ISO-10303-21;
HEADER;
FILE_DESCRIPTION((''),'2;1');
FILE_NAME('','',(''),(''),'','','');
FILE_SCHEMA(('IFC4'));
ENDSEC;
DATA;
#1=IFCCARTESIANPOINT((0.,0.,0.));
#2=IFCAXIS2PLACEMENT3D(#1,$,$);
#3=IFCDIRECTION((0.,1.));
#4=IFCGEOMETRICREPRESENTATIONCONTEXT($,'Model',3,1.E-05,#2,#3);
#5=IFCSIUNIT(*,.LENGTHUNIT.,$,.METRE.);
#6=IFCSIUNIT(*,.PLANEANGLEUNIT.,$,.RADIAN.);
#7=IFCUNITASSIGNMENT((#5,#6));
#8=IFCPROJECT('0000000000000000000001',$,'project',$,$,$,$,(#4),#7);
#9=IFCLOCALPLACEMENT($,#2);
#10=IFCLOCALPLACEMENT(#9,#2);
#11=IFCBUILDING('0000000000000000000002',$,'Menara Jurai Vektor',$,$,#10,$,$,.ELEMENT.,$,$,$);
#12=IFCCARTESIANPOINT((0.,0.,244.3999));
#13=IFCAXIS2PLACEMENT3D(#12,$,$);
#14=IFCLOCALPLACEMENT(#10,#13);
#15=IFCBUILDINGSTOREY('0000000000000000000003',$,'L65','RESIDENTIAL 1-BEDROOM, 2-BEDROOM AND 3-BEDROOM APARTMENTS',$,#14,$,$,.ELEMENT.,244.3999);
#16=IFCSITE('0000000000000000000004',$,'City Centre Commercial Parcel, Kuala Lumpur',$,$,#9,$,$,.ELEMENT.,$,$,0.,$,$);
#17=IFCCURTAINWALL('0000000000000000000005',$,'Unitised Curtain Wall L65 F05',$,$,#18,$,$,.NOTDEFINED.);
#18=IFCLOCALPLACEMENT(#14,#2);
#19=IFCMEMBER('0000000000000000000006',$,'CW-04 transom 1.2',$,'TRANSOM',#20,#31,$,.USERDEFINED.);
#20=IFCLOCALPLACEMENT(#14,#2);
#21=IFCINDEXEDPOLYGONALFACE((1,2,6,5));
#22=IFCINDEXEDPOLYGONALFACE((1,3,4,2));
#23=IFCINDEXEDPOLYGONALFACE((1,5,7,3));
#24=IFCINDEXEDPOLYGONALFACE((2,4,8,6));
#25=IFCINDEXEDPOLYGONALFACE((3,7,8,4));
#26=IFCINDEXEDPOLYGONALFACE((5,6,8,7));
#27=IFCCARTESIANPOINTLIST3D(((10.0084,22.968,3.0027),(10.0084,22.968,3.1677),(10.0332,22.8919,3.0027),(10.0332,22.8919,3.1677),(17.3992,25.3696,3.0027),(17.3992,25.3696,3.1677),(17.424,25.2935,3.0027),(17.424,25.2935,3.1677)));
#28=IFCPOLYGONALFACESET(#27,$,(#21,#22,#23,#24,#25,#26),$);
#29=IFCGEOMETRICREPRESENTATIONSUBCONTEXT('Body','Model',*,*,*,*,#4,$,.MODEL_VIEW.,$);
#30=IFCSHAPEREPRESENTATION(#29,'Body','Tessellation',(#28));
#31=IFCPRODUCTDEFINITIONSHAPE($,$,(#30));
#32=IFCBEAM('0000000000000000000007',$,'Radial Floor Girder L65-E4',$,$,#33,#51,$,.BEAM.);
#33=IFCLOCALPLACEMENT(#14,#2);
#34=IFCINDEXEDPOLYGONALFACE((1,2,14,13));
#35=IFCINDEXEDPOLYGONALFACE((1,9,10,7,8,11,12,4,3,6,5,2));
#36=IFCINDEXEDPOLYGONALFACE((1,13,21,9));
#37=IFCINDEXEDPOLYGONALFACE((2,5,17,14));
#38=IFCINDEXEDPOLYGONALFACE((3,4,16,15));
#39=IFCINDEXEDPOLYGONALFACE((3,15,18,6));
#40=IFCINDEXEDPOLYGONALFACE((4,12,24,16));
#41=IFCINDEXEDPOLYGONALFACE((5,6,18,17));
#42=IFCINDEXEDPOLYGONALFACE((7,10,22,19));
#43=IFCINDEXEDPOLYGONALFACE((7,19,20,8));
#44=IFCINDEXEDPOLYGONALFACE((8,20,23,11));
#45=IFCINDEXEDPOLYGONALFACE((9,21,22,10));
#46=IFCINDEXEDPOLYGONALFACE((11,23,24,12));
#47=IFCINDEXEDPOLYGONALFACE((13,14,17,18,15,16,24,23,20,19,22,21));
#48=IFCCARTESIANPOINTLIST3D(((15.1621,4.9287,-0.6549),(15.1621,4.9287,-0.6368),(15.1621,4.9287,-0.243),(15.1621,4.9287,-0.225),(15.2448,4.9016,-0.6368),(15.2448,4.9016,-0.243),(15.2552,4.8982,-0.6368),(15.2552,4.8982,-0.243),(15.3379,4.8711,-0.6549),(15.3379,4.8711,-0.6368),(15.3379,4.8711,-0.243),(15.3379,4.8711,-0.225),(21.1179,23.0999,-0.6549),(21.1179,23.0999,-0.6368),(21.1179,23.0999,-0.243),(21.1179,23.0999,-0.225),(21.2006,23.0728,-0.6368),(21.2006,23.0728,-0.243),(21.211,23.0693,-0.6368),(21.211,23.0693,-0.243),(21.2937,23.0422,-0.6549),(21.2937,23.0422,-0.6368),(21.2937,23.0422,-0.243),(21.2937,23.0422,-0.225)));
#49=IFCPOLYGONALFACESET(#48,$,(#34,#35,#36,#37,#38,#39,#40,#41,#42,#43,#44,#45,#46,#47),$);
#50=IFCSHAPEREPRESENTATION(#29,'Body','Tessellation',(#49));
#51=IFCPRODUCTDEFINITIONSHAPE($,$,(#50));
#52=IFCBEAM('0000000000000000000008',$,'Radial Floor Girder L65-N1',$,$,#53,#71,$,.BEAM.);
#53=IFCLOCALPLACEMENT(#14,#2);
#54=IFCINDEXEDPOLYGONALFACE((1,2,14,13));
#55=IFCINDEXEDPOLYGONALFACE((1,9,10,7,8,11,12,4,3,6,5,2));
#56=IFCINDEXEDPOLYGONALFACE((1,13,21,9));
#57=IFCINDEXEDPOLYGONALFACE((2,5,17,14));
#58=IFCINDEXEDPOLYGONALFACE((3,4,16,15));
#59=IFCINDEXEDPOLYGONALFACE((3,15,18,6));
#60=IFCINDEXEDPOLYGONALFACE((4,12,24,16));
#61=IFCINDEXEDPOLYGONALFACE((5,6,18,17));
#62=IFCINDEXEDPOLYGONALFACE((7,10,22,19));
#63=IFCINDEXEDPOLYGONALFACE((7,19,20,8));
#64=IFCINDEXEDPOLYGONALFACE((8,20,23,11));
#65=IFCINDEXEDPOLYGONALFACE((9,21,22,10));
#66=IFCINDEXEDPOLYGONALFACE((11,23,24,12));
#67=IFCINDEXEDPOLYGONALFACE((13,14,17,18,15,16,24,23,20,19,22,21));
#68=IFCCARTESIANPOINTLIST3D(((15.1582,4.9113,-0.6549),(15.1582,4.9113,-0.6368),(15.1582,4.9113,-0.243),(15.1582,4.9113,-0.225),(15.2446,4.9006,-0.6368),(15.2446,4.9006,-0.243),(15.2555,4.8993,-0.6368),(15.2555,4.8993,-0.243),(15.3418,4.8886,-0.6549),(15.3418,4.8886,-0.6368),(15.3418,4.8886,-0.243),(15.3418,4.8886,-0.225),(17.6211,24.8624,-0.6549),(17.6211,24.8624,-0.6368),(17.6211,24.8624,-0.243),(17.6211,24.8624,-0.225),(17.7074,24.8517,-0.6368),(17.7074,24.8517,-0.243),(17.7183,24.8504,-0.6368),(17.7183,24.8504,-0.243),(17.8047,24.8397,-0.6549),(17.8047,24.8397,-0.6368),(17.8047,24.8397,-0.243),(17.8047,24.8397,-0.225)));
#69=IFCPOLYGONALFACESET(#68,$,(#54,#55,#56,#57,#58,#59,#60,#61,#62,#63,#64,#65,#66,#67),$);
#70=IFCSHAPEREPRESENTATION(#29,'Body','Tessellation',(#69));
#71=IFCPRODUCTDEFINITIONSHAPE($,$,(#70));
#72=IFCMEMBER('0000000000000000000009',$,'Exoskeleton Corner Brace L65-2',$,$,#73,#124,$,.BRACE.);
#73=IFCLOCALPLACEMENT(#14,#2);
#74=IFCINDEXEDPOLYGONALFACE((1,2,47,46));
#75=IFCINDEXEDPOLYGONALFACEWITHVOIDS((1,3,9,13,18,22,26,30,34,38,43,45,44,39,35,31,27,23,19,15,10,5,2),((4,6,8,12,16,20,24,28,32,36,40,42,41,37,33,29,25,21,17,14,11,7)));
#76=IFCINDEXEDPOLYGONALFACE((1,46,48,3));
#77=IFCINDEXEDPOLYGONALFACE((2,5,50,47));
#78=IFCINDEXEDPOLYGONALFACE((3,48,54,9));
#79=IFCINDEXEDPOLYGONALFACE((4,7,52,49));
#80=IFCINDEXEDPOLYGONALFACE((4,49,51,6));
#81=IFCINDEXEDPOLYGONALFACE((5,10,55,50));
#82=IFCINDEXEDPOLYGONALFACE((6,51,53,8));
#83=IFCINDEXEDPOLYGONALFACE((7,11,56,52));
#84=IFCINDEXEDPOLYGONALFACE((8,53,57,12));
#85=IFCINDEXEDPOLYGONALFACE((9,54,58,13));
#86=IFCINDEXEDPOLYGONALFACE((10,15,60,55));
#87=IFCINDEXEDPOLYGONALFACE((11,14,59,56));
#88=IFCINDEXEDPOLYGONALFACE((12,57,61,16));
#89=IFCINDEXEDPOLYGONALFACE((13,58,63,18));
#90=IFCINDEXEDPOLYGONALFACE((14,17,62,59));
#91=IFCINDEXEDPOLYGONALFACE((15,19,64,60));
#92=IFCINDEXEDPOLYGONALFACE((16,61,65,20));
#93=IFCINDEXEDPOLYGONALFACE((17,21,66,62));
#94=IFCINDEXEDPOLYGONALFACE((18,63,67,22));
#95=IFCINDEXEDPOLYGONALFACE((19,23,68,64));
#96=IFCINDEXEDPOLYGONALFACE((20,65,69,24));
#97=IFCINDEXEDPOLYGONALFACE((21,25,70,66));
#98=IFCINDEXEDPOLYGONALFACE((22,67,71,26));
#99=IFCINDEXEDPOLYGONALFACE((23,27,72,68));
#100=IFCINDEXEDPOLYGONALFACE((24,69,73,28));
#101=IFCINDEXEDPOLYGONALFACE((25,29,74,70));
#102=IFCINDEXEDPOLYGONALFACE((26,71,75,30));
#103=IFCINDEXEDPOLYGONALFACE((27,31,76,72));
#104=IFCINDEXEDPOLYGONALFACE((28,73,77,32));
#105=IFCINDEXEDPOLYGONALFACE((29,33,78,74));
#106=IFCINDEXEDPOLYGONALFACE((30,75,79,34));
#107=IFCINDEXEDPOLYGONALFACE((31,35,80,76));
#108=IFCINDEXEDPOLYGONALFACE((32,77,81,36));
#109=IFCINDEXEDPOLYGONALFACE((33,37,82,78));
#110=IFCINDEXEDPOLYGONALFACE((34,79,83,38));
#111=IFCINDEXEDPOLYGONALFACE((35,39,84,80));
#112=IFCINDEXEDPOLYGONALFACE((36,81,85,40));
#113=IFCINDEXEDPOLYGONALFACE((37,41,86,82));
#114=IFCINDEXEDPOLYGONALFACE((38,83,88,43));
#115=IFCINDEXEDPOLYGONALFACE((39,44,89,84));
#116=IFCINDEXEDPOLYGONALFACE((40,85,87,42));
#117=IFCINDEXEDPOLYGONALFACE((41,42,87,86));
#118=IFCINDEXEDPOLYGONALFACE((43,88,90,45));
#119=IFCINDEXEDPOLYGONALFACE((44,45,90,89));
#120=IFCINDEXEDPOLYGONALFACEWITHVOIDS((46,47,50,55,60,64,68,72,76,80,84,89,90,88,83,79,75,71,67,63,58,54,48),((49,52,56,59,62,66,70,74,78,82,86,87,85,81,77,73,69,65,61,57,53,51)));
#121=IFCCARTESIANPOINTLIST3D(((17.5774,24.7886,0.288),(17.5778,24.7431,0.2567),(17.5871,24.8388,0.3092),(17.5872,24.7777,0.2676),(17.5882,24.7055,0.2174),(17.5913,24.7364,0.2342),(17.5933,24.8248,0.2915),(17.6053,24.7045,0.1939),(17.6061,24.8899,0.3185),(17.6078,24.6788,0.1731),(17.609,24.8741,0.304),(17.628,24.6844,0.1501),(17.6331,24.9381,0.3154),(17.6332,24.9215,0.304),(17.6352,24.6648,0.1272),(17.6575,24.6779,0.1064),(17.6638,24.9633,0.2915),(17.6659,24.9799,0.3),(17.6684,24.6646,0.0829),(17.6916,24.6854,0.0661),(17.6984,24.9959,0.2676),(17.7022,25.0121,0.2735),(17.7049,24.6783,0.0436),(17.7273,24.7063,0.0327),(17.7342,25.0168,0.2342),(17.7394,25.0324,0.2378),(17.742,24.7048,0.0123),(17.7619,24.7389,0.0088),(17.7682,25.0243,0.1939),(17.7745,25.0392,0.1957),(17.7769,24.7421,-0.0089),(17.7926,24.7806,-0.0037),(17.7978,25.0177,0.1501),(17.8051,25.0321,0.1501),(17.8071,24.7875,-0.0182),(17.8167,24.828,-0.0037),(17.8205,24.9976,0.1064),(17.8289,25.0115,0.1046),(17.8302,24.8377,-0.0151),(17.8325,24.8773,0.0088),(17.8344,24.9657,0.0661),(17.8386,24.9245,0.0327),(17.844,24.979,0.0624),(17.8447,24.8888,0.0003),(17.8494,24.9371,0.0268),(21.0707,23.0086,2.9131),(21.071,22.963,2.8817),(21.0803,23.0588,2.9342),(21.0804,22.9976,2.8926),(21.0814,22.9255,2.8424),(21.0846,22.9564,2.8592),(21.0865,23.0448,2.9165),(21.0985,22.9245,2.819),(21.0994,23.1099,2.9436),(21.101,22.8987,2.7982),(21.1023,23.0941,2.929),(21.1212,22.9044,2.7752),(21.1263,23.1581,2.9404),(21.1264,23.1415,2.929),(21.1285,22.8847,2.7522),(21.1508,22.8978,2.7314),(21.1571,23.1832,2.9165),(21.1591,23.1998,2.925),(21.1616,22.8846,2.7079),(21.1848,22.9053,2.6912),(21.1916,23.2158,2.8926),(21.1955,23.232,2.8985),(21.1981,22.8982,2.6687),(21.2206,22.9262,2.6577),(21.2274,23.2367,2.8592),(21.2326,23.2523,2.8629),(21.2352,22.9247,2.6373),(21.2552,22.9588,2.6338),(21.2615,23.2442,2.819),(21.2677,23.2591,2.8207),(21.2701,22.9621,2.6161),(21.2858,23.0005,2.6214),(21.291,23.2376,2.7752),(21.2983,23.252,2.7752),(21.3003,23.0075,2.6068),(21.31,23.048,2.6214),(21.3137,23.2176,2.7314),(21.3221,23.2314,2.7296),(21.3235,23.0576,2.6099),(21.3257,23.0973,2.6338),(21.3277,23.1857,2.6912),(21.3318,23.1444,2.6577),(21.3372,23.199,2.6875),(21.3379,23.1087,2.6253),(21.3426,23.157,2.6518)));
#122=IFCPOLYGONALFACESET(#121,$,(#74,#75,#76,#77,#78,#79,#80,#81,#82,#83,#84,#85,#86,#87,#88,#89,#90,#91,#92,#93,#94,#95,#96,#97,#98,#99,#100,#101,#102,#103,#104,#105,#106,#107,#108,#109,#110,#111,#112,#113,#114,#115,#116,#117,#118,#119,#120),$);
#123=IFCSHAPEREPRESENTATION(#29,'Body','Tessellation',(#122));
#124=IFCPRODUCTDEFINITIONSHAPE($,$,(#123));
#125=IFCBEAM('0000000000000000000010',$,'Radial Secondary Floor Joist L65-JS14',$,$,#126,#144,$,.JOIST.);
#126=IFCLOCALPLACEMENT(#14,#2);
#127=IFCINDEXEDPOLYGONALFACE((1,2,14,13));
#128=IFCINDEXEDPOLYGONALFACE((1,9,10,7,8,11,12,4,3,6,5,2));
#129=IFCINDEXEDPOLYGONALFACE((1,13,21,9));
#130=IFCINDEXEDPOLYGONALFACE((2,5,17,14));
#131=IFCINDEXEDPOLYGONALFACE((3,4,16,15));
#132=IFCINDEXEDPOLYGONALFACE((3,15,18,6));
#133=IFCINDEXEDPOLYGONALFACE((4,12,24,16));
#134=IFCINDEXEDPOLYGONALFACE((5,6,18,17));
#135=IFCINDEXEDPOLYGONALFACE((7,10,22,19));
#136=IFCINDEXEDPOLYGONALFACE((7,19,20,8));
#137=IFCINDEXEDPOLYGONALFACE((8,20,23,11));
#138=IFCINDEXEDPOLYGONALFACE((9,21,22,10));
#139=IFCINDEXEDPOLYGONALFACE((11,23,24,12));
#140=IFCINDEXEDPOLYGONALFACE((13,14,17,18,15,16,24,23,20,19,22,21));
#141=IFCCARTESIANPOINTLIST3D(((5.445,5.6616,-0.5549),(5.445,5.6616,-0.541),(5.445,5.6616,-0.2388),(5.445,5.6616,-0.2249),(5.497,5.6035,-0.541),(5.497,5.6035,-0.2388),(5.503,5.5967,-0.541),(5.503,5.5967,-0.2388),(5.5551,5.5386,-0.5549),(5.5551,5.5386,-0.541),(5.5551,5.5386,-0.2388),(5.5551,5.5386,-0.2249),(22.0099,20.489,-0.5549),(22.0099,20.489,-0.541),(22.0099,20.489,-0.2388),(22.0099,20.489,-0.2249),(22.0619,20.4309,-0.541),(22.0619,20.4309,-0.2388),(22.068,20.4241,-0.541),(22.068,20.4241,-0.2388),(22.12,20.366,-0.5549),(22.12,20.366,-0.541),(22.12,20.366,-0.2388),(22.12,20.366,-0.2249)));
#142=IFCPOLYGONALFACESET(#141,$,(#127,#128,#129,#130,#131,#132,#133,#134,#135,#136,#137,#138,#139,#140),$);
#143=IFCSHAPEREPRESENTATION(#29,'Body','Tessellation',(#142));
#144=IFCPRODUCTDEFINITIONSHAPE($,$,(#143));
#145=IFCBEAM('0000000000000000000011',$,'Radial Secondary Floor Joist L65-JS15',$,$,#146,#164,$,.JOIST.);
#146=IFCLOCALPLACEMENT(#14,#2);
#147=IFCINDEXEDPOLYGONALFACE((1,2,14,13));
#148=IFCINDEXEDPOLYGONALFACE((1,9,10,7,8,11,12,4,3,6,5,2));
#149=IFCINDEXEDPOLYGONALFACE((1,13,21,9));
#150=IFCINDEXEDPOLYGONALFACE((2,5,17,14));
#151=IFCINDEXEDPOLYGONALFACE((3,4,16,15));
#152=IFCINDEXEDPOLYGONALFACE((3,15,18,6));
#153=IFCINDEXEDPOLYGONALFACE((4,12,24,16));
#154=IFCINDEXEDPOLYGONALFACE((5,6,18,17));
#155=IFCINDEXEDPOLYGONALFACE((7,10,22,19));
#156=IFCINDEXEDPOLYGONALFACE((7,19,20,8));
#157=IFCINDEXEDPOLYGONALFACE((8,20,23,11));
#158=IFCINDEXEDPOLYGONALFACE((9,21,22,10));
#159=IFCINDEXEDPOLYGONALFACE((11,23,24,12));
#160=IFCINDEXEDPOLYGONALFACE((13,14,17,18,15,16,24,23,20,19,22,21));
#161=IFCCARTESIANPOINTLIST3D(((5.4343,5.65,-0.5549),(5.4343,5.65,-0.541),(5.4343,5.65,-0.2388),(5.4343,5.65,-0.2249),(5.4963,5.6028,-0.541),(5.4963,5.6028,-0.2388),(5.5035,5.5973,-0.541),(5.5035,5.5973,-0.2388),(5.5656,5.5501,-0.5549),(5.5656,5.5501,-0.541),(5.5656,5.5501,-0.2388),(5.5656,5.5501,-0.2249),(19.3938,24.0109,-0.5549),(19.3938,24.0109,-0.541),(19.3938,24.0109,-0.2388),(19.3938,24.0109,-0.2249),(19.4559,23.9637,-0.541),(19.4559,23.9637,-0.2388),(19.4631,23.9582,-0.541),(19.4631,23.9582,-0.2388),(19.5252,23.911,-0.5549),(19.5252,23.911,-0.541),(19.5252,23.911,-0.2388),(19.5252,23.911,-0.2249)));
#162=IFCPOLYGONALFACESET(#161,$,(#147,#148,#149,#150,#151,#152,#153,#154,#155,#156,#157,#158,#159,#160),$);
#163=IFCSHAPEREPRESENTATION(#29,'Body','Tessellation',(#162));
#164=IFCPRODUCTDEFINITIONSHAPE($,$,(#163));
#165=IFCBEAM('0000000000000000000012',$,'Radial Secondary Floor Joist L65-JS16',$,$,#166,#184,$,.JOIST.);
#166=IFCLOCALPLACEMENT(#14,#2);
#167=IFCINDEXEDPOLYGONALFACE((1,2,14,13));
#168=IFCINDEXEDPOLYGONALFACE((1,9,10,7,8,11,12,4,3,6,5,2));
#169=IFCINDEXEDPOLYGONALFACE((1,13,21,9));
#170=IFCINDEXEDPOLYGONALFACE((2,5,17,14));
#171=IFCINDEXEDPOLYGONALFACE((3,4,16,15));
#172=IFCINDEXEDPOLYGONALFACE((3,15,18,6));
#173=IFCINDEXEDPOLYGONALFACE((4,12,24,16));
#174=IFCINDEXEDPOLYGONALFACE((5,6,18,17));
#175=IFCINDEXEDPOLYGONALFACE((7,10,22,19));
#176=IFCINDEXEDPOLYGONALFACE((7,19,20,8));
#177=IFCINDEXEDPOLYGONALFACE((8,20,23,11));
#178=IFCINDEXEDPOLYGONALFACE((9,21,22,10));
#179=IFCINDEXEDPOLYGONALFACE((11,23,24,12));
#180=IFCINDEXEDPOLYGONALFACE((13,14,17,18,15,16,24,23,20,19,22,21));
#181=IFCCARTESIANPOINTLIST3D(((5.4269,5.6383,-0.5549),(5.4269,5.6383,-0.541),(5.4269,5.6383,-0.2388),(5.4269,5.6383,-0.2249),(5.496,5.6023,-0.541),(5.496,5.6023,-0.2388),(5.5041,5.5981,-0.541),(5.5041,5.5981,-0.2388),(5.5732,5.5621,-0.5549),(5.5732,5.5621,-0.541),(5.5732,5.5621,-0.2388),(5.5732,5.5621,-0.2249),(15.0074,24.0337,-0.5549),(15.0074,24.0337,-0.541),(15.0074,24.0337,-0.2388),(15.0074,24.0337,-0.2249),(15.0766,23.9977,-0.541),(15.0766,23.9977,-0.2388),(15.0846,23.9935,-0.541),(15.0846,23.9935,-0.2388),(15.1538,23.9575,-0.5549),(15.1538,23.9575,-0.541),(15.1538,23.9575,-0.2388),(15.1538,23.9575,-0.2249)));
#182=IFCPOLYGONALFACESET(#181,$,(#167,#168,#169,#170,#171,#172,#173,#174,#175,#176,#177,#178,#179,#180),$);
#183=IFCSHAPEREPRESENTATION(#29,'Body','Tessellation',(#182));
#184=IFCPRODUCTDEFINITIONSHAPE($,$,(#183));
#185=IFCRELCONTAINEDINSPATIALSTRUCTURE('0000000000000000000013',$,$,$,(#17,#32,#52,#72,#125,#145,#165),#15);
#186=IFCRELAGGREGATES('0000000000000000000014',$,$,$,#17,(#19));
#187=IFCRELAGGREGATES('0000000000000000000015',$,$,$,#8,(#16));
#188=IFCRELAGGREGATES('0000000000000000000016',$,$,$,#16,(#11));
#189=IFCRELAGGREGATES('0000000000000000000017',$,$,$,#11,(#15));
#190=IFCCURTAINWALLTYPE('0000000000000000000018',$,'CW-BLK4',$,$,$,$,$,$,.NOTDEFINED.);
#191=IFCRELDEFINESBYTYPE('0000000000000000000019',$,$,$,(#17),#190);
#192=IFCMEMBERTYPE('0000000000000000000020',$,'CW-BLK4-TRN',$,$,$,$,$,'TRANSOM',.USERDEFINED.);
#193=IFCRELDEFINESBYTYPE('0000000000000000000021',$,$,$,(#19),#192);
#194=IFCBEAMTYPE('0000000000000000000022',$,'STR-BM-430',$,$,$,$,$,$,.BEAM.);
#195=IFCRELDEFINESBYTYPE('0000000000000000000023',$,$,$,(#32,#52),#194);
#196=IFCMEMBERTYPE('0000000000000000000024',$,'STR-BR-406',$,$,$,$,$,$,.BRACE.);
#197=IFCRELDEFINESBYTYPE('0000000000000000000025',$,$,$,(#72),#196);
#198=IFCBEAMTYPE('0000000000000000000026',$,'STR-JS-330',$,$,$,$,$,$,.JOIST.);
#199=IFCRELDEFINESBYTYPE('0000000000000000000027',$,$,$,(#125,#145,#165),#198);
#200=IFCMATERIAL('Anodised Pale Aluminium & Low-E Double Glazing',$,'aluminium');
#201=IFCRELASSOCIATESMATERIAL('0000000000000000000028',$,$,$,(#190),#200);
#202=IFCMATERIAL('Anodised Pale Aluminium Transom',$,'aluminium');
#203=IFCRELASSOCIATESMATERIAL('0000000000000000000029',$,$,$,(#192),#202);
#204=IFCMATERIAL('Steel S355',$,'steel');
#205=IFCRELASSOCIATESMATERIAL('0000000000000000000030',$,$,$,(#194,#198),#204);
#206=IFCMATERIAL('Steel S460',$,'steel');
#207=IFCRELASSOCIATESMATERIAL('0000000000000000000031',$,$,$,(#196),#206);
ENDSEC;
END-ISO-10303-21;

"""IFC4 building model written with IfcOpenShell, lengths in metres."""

from ifc_helpers import new_model, si_unit, direction, frame, origin, origin_2d, place, context, subcontext, project, spatial, rectangle, hollow_circle, i_section, extrude, material, material_profile, profile_set, type_object, element, aggregate, save


model = new_model("IFC4")

# Units and contexts
model_context = context("Model", 3, precision=1e-05, world=origin(), true_north=direction((0.0, 1.0)))
body_context = subcontext(model_context, "Body", "Model", "MODEL_VIEW")
ifc_project = project(units=[si_unit("LENGTHUNIT", "METRE"), si_unit("PLANEANGLEUNIT", "RADIAN")], contexts=[model_context])

# Site, building, storey
site_placement = place(None, origin())
site = spatial("IfcSite", under=ifc_project, at=site_placement, Name="City Centre Commercial Parcel, Kuala Lumpur", CompositionType="ELEMENT", RefElevation=0.0)
building_placement = place(site_placement, origin())
building = spatial("IfcBuilding", under=site, at=building_placement, Name="Menara Jurai Vektor", CompositionType="ELEMENT")
storey_placement = place(building_placement, frame((0.0, 0.0, 244.3999)))
storey = spatial("IfcBuildingStorey", under=building, at=storey_placement, Name="L65", Description="RESIDENTIAL 1-BEDROOM, 2-BEDROOM AND 3-BEDROOM APARTMENTS", CompositionType="ELEMENT", Elevation=244.3999)

# Shared definitions
ifc_material_1 = material(Name="Steel S460", Category="steel")

# Shared definitions
ifc_material_2 = material(Name="Anodised Pale Aluminium & Low-E Double Glazing", Category="aluminium")
curtain_wall_type = type_object("IfcCurtainWallType", Name="CW-BLK4", PredefinedType="NOTDEFINED", material=ifc_material_2)

# Curtain wall
curtain_wall_1_placement = place(storey_placement, origin())
curtain_wall_1 = element("IfcCurtainWall", 1, at=curtain_wall_1_placement, inside=storey, type_object=curtain_wall_type, Name="Unitised Curtain Wall L65 F05", PredefinedType="NOTDEFINED")

# Member
ifc_material_3 = material(Name="Anodised Pale Aluminium Transom", Category="aluminium")
ifc_material_profile_1 = material_profile(ifc_material_3, rectangle(XDim=0.0801, YDim=0.165, at=origin_2d()), Name="ALU TRN 80x165")
ifc_profile_set_1 = profile_set([ifc_material_profile_1], Name="Anodised Pale Aluminium Transom")
member_type_1 = type_object("IfcMemberType", Name="CW-BLK4-TRN", ElementType="TRANSOM", PredefinedType="USERDEFINED", material=ifc_profile_set_1)
member_1_placement = place(storey_placement, frame((17.4116, 25.3315, 3.0852), z_axis=(-0.95105, -0.309037, 0.0), x_axis=(0.309037, -0.95105, 0.0)))
member_1 = element("IfcMember", 2, at=member_1_placement, type_object=member_type_1, Name="CW-04 transom 1.2", ObjectType="TRANSOM", PredefinedType="USERDEFINED", context=body_context, shape_type="SweptSolid", body=[
    extrude(rectangle(XDim=0.0801, YDim=0.165, at=origin_2d()), origin(), (0.0, 0.0, 1.0), 7.7712),
])

# Beams
ifc_material_4 = material(Name="Steel S355", Category="steel")
ifc_material_profile_2 = material_profile(ifc_material_4, i_section(OverallWidth=0.1851, OverallDepth=0.4299, WebThickness=0.011, FlangeThickness=0.0181, at=origin_2d()), Name="PG 430x185x76")
ifc_profile_set_2 = profile_set([ifc_material_profile_2], Name="Steel S355")
beam_type_1 = type_object("IfcBeamType", Name="STR-BM-430", PredefinedType="BEAM", material=ifc_profile_set_2)
beam_1_placement = place(storey_placement, frame((21.2058, 23.071, -0.4399), z_axis=(-0.311459, -0.95026, 0.0), x_axis=(0.95026, -0.311459, 0.0)))
element("IfcBeam", 3, at=beam_1_placement, inside=storey, type_object=beam_type_1, Name="Radial Floor Girder L65-E4", PredefinedType="BEAM", context=body_context, shape_type="SweptSolid", body=[
    extrude(i_section(OverallWidth=0.1851, OverallDepth=0.4299, WebThickness=0.011, FlangeThickness=0.0181, at=origin_2d()), origin(), (0.0, 0.0, 1.0), 19.1223),
])
beam_2_placement = place(storey_placement, frame((17.7129, 24.8511, -0.4399), z_axis=(-0.122516, -0.992467, 0.0), x_axis=(0.992467, -0.122516, 0.0)))
element("IfcBeam", 4, at=beam_2_placement, inside=storey, type_object=beam_type_1, Name="Radial Floor Girder L65-N1", PredefinedType="BEAM", context=body_context, shape_type="SweptSolid", body=[
    extrude(i_section(OverallWidth=0.1851, OverallDepth=0.4299, WebThickness=0.011, FlangeThickness=0.0181, at=origin_2d()), origin(), (0.0, 0.0, 1.0), 20.1025),
])

# Member
ifc_material_profile_3 = material_profile(ifc_material_1, hollow_circle(Radius=0.2031, WallThickness=0.0161, at=origin_2d()), Name="CHS 406.4x16")
ifc_profile_set_3 = profile_set([ifc_material_profile_3], Name="Steel S460")
member_type_2 = type_object("IfcMemberType", Name="STR-BR-406", PredefinedType="BRACE", material=ifc_profile_set_3)
member_2_placement = place(storey_placement, frame((17.7129, 24.8511, 0.1501), z_axis=(0.740361, -0.377269, 0.556357), x_axis=(0.454026, 0.890989, 0.0)))
element("IfcMember", 5, at=member_2_placement, inside=storey, type_object=member_type_2, Name="Exoskeleton Corner Brace L65-2", PredefinedType="BRACE", context=body_context, shape_type="SweptSolid", body=[
    extrude(hollow_circle(Radius=0.2031, WallThickness=0.0161, at=origin_2d()), origin(), (0.0, 0.0, 1.0), 4.7183),
])

# Beams
ifc_material_profile_4 = material_profile(ifc_material_4, i_section(OverallWidth=0.165, OverallDepth=0.3301, WebThickness=0.009, FlangeThickness=0.0139, at=origin_2d()), Name="PG 330x165x46")
ifc_profile_set_4 = profile_set([ifc_material_profile_4], Name="Steel S355")
beam_type_2 = type_object("IfcBeamType", Name="STR-JS-330", PredefinedType="JOIST", material=ifc_profile_set_4)
beam_3_placement = place(storey_placement, frame((22.0649, 20.4275, -0.3899), z_axis=(-0.745104, -0.666948, 0.0), x_axis=(0.666948, -0.745104, 0.0)))
element("IfcBeam", 6, at=beam_3_placement, inside=storey, type_object=beam_type_2, Name="Radial Secondary Floor Joist L65-JS14", PredefinedType="JOIST", context=body_context, shape_type="SweptSolid", body=[
    extrude(i_section(OverallWidth=0.165, OverallDepth=0.3301, WebThickness=0.009, FlangeThickness=0.0139, at=origin_2d()), origin(), (0.0, 0.0, 1.0), 22.2317),
])
beam_4_placement = place(storey_placement, frame((19.4595, 23.9609, -0.3899), z_axis=(-0.605227, -0.796053, 0.0), x_axis=(0.796053, -0.605227, 0.0)))
element("IfcBeam", 7, at=beam_4_placement, inside=storey, type_object=beam_type_2, Name="Radial Secondary Floor Joist L65-JS15", PredefinedType="JOIST", context=body_context, shape_type="SweptSolid", body=[
    extrude(i_section(OverallWidth=0.165, OverallDepth=0.3301, WebThickness=0.009, FlangeThickness=0.0139, at=origin_2d()), origin(), (0.0, 0.0, 1.0), 23.0649),
])
beam_5_placement = place(storey_placement, frame((15.0806, 23.9956, -0.3899), z_axis=(-0.461918, -0.886923, 0.0), x_axis=(0.886923, -0.461918, 0.0)))
element("IfcBeam", 8, at=beam_5_placement, inside=storey, type_object=beam_type_2, Name="Radial Secondary Floor Joist L65-JS16", PredefinedType="JOIST", context=body_context, shape_type="SweptSolid", body=[
    extrude(i_section(OverallWidth=0.165, OverallDepth=0.3301, WebThickness=0.009, FlangeThickness=0.0139, at=origin_2d()), origin(), (0.0, 0.0, 1.0), 20.7407),
])

aggregate(curtain_wall_1, [member_1])

save(model, "model.ifc")
